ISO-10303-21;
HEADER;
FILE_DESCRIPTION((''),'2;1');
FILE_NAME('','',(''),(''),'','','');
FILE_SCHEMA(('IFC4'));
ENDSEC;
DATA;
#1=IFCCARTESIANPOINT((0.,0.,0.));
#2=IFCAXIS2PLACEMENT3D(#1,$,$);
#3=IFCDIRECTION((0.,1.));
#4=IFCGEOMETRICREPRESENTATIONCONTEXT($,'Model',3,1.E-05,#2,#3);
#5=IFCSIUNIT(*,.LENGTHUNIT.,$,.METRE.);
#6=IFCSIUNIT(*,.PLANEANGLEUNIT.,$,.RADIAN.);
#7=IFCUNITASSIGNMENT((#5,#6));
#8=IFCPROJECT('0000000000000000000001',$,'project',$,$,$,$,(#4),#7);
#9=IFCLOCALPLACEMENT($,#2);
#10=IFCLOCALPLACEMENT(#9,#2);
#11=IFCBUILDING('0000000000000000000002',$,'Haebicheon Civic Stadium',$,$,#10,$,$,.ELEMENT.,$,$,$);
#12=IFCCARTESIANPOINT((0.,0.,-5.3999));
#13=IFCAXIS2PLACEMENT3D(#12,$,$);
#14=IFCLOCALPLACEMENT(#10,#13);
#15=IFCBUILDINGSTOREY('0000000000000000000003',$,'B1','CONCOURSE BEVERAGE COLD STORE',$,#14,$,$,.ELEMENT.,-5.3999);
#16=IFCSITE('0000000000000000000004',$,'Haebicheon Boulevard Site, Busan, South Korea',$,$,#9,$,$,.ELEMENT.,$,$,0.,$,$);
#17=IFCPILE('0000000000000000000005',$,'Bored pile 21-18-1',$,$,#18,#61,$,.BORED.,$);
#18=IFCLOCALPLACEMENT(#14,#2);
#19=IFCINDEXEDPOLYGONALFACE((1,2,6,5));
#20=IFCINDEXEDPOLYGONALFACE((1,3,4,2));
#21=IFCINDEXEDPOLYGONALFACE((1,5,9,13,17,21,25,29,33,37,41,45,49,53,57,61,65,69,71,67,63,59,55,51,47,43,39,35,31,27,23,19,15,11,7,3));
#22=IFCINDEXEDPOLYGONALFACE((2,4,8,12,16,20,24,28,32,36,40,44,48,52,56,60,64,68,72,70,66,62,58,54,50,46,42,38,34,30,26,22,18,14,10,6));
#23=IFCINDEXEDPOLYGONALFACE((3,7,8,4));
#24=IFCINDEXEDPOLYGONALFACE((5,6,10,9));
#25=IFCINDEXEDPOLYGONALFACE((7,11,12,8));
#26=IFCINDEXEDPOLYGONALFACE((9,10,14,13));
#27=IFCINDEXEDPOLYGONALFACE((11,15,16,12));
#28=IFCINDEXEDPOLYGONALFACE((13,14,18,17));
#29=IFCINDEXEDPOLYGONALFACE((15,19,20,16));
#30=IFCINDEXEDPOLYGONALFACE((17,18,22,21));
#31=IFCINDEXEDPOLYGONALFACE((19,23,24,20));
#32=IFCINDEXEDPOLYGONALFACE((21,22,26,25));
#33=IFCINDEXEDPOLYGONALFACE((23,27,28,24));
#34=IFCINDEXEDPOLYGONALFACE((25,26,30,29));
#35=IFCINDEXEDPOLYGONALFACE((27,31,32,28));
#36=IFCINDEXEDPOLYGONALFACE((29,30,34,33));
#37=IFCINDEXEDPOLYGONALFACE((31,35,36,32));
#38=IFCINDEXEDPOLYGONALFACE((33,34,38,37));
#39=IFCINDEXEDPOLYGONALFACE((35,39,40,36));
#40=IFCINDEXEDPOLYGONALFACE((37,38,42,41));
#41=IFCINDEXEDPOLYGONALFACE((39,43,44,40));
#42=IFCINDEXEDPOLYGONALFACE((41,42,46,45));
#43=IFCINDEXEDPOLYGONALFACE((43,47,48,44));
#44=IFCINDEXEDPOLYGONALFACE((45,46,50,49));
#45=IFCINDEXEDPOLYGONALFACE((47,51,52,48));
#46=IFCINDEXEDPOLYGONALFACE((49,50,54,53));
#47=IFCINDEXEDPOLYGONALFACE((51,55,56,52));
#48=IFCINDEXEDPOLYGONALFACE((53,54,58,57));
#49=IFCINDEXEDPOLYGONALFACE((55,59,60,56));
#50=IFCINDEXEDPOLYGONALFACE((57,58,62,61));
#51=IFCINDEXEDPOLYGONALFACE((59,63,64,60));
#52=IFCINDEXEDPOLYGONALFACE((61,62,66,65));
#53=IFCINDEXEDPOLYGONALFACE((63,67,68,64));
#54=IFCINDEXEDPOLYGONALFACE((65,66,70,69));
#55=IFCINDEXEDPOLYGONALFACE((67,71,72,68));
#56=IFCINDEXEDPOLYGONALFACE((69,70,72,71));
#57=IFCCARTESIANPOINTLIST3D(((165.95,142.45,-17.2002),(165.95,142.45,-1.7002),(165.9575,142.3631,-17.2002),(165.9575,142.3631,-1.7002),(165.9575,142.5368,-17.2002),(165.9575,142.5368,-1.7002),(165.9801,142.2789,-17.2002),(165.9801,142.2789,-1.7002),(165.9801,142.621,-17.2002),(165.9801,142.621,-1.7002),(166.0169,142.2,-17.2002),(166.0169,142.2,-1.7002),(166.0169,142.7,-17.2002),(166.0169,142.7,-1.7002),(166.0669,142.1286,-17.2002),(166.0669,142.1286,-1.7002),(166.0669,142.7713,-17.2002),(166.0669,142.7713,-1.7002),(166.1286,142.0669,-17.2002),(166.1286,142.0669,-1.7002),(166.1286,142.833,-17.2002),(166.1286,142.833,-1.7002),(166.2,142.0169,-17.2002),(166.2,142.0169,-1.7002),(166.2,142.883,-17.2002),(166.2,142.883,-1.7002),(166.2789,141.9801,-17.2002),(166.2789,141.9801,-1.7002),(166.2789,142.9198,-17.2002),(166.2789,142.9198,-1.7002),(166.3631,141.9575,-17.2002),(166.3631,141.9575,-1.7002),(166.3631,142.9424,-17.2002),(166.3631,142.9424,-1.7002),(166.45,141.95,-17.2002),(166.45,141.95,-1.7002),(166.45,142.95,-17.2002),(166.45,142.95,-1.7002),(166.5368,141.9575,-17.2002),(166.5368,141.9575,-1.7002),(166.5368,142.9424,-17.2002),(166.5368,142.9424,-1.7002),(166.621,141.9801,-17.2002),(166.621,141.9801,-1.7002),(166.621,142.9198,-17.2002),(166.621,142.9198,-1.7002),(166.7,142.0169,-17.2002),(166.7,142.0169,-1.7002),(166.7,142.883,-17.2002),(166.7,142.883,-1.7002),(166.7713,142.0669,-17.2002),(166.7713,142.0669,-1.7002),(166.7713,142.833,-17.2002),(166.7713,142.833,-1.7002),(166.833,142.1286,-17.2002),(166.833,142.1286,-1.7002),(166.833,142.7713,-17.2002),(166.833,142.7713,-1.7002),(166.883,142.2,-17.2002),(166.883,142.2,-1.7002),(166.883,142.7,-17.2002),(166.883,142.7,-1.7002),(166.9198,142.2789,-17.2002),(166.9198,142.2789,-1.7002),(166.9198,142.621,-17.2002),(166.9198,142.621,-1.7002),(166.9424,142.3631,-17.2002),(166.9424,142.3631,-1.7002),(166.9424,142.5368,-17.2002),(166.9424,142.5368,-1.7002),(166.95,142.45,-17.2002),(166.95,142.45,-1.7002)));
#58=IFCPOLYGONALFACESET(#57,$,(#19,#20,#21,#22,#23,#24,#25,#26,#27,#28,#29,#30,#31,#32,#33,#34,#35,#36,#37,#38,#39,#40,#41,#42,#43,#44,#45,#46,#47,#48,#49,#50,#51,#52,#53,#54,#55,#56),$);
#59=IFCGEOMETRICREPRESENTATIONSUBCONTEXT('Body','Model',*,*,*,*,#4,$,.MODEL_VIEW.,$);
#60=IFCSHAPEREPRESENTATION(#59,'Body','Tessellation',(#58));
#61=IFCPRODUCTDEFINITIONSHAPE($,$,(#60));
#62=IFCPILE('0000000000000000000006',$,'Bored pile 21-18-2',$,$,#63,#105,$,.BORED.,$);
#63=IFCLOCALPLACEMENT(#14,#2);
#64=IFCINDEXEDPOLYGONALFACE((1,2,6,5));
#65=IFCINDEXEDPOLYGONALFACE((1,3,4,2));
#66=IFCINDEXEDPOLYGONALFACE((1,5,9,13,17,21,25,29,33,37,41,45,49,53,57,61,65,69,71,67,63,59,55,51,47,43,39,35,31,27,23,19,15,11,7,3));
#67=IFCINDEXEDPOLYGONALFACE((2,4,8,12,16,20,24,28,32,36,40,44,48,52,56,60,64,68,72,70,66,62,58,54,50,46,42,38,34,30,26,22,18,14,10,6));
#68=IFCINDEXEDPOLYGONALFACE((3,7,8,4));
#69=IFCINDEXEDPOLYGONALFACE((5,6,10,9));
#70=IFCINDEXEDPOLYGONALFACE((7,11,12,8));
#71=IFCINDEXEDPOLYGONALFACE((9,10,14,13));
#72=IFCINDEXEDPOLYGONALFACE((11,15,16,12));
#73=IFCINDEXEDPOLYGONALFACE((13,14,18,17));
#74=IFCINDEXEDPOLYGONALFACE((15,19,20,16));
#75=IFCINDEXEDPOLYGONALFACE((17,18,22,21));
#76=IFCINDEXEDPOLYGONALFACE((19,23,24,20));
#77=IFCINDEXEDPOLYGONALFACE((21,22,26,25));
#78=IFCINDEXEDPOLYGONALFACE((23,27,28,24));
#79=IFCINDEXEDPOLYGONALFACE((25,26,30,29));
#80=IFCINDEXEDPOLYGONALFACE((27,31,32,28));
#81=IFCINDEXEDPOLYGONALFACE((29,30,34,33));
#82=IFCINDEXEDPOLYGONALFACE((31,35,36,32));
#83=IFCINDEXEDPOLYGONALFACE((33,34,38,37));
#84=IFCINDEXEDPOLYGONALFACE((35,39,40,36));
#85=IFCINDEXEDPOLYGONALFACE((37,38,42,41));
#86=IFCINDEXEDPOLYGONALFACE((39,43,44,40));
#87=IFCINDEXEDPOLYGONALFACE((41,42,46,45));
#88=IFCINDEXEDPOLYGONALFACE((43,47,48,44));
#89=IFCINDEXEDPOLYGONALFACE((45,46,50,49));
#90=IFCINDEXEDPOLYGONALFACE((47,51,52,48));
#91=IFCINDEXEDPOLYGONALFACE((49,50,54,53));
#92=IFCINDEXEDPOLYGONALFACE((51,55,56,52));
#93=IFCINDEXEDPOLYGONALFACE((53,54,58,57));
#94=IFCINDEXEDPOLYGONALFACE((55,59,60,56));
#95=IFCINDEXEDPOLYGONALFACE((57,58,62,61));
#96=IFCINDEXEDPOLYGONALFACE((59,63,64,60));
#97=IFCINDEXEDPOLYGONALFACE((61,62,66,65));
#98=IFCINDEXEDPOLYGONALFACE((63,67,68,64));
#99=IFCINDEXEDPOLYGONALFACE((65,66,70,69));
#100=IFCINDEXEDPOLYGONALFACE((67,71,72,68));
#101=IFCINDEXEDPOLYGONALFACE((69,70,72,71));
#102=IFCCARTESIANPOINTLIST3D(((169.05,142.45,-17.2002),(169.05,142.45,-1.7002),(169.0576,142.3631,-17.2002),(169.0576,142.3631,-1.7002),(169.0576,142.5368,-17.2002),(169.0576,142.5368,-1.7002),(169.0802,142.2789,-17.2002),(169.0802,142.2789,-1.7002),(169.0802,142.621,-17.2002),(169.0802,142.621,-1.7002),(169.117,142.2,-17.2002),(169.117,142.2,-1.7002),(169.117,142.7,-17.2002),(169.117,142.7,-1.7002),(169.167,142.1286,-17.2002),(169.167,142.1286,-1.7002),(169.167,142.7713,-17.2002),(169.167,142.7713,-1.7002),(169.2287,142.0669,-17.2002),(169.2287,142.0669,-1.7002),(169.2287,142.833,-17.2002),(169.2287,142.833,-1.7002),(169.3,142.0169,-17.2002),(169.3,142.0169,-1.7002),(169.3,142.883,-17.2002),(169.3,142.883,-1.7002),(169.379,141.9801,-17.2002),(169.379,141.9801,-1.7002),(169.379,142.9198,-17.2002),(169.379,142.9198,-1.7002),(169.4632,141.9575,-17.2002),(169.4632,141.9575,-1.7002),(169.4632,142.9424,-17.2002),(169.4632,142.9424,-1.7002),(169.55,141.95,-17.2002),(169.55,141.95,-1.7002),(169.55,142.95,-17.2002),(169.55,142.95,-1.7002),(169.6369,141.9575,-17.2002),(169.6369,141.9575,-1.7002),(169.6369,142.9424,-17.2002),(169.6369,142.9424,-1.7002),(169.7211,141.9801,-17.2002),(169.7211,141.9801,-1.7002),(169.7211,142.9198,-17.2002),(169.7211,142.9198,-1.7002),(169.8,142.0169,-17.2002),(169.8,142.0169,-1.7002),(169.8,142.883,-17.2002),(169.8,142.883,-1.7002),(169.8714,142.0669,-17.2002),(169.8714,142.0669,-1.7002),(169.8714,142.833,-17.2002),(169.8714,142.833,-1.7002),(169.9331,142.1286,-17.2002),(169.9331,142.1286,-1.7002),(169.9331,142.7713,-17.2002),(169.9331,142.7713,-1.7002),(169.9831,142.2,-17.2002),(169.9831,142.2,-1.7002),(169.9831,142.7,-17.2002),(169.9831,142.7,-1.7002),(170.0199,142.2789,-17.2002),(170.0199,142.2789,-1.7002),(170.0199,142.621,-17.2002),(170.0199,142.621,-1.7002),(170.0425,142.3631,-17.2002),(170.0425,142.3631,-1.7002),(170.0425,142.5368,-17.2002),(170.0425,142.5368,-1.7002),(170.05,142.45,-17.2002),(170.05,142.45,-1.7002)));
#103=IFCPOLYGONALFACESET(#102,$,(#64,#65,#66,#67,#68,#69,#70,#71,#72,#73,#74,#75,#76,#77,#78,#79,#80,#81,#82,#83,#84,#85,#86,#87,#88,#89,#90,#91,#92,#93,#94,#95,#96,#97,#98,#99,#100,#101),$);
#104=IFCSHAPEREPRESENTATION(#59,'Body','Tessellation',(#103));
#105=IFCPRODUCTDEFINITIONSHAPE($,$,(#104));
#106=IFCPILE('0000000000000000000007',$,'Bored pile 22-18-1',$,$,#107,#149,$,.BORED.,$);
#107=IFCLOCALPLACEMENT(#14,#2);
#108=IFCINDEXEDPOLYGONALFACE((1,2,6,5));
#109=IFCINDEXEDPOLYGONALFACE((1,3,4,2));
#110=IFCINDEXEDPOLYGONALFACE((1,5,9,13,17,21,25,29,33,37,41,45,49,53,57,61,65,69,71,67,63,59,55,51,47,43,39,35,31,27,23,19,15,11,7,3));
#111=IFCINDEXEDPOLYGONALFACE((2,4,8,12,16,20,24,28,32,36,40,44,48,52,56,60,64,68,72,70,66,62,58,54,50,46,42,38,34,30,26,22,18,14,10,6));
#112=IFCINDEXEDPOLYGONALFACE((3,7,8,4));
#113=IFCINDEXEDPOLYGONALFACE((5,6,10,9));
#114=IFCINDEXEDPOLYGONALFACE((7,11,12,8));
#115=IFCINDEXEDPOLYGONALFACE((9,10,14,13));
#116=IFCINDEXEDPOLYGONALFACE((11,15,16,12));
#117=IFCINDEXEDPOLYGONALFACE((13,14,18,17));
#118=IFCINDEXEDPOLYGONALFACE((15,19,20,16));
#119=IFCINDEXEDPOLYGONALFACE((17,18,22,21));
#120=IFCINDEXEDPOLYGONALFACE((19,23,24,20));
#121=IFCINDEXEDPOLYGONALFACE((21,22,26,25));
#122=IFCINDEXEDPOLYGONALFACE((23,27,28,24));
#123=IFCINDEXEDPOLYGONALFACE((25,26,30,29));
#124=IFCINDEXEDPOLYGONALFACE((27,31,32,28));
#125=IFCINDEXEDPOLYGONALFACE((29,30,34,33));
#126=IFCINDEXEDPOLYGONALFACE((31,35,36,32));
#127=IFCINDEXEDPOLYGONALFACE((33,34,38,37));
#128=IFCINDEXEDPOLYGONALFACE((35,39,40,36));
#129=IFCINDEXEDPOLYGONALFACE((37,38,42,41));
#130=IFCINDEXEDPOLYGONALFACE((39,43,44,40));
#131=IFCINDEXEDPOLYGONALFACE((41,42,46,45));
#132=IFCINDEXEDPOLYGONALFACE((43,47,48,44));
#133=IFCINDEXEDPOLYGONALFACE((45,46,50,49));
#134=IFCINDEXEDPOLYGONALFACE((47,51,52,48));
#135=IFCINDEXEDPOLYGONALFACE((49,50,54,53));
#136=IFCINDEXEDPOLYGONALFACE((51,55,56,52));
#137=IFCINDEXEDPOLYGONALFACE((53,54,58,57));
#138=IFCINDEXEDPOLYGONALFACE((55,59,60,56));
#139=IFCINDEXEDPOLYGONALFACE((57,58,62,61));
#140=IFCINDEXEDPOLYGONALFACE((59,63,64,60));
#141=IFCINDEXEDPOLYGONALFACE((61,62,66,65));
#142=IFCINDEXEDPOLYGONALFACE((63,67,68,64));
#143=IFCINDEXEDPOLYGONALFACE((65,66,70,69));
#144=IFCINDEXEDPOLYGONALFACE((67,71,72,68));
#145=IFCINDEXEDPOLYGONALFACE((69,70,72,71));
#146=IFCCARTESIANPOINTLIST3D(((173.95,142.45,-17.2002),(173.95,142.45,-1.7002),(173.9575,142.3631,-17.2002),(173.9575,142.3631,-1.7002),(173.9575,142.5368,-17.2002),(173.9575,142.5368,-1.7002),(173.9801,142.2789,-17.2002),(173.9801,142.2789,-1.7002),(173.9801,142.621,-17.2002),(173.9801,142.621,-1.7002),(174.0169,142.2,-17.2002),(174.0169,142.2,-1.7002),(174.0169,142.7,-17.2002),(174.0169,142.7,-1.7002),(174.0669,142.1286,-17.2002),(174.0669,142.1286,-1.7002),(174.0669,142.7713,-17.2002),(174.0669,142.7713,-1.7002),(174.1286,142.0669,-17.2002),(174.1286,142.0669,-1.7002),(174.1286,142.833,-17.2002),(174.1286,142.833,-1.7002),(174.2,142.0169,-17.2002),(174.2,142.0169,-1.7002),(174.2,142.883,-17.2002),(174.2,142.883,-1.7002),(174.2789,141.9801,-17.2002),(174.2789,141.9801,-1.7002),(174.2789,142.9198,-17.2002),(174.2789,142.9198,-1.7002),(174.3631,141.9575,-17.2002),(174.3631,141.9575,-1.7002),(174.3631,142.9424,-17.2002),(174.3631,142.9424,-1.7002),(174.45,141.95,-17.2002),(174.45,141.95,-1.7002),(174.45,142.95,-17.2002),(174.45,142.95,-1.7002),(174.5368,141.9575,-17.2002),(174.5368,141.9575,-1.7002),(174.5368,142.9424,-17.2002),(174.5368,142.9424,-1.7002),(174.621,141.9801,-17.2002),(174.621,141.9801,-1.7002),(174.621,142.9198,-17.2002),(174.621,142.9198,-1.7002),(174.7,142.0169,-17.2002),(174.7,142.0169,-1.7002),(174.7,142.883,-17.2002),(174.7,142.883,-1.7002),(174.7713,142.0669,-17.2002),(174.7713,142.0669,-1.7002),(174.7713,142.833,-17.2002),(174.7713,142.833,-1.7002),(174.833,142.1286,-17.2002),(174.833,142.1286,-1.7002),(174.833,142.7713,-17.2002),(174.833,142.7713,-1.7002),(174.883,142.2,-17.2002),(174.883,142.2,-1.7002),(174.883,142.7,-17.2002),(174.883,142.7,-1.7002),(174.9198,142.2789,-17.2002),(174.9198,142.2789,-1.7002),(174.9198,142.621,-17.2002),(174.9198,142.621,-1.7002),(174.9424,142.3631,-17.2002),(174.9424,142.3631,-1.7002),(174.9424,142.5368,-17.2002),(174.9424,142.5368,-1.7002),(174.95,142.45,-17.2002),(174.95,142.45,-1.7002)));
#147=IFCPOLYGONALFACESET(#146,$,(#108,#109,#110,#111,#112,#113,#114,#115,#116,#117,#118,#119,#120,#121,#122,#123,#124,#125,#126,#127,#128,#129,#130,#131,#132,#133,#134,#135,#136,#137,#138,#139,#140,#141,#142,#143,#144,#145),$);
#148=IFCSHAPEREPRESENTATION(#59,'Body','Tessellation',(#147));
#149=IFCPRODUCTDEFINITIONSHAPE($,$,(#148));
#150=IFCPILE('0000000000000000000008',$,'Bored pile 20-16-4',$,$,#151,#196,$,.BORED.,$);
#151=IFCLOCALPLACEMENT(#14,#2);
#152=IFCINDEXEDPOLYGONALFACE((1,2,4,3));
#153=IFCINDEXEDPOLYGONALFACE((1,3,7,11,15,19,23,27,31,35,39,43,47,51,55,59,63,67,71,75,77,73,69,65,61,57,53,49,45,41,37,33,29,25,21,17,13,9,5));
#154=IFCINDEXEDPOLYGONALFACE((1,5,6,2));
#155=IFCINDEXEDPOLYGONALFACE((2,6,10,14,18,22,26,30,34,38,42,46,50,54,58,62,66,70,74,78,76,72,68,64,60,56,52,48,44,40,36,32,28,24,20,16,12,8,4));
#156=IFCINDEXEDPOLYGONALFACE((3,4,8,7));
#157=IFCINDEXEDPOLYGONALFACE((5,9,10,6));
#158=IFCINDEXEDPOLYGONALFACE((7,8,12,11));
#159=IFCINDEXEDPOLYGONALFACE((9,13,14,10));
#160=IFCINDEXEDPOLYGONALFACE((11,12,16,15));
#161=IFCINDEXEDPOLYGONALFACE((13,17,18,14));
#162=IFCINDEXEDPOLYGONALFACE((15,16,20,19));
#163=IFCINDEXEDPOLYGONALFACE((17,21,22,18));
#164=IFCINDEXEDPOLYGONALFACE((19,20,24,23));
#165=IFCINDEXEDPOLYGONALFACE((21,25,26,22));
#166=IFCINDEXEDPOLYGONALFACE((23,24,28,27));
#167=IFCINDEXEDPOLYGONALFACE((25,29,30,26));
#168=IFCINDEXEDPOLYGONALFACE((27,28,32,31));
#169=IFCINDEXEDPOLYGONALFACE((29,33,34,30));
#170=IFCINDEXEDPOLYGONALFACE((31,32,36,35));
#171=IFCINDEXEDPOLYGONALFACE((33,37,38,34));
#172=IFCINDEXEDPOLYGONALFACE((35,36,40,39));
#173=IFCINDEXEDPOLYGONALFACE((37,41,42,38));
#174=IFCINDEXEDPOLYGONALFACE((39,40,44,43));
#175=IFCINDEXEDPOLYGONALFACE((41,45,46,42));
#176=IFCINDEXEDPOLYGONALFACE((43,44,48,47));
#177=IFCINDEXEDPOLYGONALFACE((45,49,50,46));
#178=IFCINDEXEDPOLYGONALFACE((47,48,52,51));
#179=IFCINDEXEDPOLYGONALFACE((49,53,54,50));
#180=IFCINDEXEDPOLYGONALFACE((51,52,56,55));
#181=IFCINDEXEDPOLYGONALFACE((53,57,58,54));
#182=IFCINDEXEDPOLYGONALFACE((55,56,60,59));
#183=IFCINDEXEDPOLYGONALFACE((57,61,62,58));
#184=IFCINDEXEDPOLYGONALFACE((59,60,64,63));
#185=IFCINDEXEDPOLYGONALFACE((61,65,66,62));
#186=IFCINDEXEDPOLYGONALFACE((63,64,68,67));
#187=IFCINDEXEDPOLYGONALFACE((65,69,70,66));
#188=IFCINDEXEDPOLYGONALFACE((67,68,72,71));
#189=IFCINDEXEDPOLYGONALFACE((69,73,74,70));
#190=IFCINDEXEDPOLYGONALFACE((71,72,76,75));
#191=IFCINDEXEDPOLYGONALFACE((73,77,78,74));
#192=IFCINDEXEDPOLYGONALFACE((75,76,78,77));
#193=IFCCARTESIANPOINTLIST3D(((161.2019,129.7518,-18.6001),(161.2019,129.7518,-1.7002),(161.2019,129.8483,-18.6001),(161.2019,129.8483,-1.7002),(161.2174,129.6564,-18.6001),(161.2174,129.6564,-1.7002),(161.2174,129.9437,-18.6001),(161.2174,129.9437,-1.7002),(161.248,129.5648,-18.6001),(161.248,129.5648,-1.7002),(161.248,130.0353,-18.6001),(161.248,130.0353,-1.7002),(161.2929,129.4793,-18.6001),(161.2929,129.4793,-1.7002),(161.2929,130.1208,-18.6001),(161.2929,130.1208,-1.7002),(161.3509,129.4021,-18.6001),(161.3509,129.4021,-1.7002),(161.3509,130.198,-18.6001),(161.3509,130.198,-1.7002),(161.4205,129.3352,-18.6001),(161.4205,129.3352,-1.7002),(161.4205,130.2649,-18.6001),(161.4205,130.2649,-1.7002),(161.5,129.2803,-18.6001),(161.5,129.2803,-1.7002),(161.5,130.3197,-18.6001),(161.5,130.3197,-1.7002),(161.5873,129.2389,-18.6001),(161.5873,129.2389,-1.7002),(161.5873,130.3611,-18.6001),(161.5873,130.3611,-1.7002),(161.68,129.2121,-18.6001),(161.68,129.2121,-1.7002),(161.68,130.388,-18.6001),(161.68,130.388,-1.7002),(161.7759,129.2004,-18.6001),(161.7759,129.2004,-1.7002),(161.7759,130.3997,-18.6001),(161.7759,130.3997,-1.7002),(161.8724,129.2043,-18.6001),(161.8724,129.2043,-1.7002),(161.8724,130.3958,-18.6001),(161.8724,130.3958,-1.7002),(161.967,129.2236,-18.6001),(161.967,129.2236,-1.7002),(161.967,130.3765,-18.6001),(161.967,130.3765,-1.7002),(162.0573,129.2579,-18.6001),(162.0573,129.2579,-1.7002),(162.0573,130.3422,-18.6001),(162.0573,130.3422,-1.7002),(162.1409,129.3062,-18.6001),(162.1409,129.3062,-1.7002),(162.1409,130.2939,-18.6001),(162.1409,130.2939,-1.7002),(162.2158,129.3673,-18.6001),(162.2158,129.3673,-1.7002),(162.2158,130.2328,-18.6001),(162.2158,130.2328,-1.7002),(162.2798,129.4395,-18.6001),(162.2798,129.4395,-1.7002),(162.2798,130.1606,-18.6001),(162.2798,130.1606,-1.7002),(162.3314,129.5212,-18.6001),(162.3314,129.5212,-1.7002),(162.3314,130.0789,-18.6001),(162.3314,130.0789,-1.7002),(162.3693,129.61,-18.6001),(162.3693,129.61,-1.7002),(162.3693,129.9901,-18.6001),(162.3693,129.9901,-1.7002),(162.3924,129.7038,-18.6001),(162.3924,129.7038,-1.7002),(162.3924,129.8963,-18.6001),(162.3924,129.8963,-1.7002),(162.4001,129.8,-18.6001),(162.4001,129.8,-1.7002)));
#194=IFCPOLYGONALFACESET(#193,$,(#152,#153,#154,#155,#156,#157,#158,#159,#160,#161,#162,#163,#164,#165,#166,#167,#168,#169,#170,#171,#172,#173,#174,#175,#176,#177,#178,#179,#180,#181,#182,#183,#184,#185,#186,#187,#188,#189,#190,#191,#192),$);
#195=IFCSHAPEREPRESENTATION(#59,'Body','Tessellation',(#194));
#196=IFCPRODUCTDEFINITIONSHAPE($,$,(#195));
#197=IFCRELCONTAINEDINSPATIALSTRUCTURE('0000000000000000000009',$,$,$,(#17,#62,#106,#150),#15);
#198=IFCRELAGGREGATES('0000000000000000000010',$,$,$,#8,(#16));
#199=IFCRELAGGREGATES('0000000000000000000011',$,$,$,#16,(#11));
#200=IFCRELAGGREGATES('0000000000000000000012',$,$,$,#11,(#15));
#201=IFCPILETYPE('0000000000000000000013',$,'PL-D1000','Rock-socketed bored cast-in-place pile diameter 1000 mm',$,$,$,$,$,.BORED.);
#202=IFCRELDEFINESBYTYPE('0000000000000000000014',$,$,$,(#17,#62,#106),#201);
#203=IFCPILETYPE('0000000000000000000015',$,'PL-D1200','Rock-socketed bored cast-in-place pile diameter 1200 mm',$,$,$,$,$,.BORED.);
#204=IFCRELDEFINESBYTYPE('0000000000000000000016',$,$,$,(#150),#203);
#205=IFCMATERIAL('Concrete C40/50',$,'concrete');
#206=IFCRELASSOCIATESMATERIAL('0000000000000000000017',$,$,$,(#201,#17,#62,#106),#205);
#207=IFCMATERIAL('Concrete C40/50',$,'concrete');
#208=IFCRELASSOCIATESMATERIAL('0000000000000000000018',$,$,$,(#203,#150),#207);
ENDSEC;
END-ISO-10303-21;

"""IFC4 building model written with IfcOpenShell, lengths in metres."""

from ifc_helpers import new_model, si_unit, direction, frame, origin, origin_2d, place, context, subcontext, project, spatial, circle, extrude, material, material_profile, profile_set, type_object, element, save


model = new_model("IFC4")

# Units and contexts
model_context = context("Model", 3, precision=1e-05, world=origin(), true_north=direction((0.0, 1.0)))
body_context = subcontext(model_context, "Body", "Model", "MODEL_VIEW")
ifc_project = project(units=[si_unit("LENGTHUNIT", "METRE"), si_unit("PLANEANGLEUNIT", "RADIAN")], contexts=[model_context])

# Site, building, storey
site_placement = place(None, origin())
site = spatial("IfcSite", under=ifc_project, at=site_placement, Name="Haebicheon Boulevard Site, Busan, South Korea", CompositionType="ELEMENT", RefElevation=0.0)
building_placement = place(site_placement, origin())
building = spatial("IfcBuilding", under=site, at=building_placement, Name="Haebicheon Civic Stadium", CompositionType="ELEMENT")
storey_placement = place(building_placement, frame((0.0, 0.0, -5.3999)))
storey = spatial("IfcBuildingStorey", under=building, at=storey_placement, Name="B1", Description="CONCOURSE BEVERAGE COLD STORE", CompositionType="ELEMENT", Elevation=-5.3999)

# Piles
ifc_material_1 = material(Name="Concrete C40/50", Category="concrete")
ifc_material_profile_1 = material_profile(ifc_material_1, circle(Radius=0.5, at=origin_2d()), Name="PILE-D1000")
ifc_profile_set_1 = profile_set([ifc_material_profile_1], Name="Concrete C40/50")
pile_type_1 = type_object("IfcPileType", Name="PL-D1000", Description="Rock-socketed bored cast-in-place pile diameter 1000 mm", PredefinedType="BORED", material=ifc_profile_set_1)
for number, where, z_axis, x_axis, name in (
    (1, (166.45, 142.45, -1.7002), (0.0, 0.0, -1.0), (1.0, 0.0, 0.0), "Bored pile 21-18-1"),
    (2, (169.55, 142.45, -1.7002), (0.0, 0.0, -1.0), (1.0, 0.0, 0.0), "Bored pile 21-18-2"),
    (3, (174.45, 142.45, -1.7002), (0.0, 0.0, -1.0), (1.0, 0.0, 0.0), "Bored pile 22-18-1"),
):
    element("IfcPile", number, at=place(storey_placement, frame(where, z_axis=z_axis, x_axis=x_axis)), inside=storey, type_object=pile_type_1, material=ifc_profile_set_1, Name=name, PredefinedType="BORED", context=body_context, shape_type="SweptSolid", body=[
        extrude(circle(Radius=0.5, at=origin_2d()), origin(), (0.0, 0.0, 1.0), 15.5),
    ])
ifc_material_2 = material(Name="Concrete C40/50", Category="concrete")
ifc_material_profile_2 = material_profile(ifc_material_2, circle(Radius=0.6001, at=origin_2d()), Name="PILE-D1200")
ifc_profile_set_2 = profile_set([ifc_material_profile_2], Name="Concrete C40/50")
pile_type_2 = type_object("IfcPileType", Name="PL-D1200", Description="Rock-socketed bored cast-in-place pile diameter 1200 mm", PredefinedType="BORED", material=ifc_profile_set_2)
pile_placement = place(storey_placement, frame((161.8, 129.8, -1.7002), z_axis=(0.0, 0.0, -1.0), x_axis=(1.0, 0.0, 0.0)))
element("IfcPile", 4, at=pile_placement, inside=storey, type_object=pile_type_2, material=ifc_profile_set_2, Name="Bored pile 20-16-4", PredefinedType="BORED", context=body_context, shape_type="SweptSolid", body=[
    extrude(circle(Radius=0.6001, at=origin_2d()), origin(), (0.0, 0.0, 1.0), 16.8999),
])

save(model, "model.ifc")
